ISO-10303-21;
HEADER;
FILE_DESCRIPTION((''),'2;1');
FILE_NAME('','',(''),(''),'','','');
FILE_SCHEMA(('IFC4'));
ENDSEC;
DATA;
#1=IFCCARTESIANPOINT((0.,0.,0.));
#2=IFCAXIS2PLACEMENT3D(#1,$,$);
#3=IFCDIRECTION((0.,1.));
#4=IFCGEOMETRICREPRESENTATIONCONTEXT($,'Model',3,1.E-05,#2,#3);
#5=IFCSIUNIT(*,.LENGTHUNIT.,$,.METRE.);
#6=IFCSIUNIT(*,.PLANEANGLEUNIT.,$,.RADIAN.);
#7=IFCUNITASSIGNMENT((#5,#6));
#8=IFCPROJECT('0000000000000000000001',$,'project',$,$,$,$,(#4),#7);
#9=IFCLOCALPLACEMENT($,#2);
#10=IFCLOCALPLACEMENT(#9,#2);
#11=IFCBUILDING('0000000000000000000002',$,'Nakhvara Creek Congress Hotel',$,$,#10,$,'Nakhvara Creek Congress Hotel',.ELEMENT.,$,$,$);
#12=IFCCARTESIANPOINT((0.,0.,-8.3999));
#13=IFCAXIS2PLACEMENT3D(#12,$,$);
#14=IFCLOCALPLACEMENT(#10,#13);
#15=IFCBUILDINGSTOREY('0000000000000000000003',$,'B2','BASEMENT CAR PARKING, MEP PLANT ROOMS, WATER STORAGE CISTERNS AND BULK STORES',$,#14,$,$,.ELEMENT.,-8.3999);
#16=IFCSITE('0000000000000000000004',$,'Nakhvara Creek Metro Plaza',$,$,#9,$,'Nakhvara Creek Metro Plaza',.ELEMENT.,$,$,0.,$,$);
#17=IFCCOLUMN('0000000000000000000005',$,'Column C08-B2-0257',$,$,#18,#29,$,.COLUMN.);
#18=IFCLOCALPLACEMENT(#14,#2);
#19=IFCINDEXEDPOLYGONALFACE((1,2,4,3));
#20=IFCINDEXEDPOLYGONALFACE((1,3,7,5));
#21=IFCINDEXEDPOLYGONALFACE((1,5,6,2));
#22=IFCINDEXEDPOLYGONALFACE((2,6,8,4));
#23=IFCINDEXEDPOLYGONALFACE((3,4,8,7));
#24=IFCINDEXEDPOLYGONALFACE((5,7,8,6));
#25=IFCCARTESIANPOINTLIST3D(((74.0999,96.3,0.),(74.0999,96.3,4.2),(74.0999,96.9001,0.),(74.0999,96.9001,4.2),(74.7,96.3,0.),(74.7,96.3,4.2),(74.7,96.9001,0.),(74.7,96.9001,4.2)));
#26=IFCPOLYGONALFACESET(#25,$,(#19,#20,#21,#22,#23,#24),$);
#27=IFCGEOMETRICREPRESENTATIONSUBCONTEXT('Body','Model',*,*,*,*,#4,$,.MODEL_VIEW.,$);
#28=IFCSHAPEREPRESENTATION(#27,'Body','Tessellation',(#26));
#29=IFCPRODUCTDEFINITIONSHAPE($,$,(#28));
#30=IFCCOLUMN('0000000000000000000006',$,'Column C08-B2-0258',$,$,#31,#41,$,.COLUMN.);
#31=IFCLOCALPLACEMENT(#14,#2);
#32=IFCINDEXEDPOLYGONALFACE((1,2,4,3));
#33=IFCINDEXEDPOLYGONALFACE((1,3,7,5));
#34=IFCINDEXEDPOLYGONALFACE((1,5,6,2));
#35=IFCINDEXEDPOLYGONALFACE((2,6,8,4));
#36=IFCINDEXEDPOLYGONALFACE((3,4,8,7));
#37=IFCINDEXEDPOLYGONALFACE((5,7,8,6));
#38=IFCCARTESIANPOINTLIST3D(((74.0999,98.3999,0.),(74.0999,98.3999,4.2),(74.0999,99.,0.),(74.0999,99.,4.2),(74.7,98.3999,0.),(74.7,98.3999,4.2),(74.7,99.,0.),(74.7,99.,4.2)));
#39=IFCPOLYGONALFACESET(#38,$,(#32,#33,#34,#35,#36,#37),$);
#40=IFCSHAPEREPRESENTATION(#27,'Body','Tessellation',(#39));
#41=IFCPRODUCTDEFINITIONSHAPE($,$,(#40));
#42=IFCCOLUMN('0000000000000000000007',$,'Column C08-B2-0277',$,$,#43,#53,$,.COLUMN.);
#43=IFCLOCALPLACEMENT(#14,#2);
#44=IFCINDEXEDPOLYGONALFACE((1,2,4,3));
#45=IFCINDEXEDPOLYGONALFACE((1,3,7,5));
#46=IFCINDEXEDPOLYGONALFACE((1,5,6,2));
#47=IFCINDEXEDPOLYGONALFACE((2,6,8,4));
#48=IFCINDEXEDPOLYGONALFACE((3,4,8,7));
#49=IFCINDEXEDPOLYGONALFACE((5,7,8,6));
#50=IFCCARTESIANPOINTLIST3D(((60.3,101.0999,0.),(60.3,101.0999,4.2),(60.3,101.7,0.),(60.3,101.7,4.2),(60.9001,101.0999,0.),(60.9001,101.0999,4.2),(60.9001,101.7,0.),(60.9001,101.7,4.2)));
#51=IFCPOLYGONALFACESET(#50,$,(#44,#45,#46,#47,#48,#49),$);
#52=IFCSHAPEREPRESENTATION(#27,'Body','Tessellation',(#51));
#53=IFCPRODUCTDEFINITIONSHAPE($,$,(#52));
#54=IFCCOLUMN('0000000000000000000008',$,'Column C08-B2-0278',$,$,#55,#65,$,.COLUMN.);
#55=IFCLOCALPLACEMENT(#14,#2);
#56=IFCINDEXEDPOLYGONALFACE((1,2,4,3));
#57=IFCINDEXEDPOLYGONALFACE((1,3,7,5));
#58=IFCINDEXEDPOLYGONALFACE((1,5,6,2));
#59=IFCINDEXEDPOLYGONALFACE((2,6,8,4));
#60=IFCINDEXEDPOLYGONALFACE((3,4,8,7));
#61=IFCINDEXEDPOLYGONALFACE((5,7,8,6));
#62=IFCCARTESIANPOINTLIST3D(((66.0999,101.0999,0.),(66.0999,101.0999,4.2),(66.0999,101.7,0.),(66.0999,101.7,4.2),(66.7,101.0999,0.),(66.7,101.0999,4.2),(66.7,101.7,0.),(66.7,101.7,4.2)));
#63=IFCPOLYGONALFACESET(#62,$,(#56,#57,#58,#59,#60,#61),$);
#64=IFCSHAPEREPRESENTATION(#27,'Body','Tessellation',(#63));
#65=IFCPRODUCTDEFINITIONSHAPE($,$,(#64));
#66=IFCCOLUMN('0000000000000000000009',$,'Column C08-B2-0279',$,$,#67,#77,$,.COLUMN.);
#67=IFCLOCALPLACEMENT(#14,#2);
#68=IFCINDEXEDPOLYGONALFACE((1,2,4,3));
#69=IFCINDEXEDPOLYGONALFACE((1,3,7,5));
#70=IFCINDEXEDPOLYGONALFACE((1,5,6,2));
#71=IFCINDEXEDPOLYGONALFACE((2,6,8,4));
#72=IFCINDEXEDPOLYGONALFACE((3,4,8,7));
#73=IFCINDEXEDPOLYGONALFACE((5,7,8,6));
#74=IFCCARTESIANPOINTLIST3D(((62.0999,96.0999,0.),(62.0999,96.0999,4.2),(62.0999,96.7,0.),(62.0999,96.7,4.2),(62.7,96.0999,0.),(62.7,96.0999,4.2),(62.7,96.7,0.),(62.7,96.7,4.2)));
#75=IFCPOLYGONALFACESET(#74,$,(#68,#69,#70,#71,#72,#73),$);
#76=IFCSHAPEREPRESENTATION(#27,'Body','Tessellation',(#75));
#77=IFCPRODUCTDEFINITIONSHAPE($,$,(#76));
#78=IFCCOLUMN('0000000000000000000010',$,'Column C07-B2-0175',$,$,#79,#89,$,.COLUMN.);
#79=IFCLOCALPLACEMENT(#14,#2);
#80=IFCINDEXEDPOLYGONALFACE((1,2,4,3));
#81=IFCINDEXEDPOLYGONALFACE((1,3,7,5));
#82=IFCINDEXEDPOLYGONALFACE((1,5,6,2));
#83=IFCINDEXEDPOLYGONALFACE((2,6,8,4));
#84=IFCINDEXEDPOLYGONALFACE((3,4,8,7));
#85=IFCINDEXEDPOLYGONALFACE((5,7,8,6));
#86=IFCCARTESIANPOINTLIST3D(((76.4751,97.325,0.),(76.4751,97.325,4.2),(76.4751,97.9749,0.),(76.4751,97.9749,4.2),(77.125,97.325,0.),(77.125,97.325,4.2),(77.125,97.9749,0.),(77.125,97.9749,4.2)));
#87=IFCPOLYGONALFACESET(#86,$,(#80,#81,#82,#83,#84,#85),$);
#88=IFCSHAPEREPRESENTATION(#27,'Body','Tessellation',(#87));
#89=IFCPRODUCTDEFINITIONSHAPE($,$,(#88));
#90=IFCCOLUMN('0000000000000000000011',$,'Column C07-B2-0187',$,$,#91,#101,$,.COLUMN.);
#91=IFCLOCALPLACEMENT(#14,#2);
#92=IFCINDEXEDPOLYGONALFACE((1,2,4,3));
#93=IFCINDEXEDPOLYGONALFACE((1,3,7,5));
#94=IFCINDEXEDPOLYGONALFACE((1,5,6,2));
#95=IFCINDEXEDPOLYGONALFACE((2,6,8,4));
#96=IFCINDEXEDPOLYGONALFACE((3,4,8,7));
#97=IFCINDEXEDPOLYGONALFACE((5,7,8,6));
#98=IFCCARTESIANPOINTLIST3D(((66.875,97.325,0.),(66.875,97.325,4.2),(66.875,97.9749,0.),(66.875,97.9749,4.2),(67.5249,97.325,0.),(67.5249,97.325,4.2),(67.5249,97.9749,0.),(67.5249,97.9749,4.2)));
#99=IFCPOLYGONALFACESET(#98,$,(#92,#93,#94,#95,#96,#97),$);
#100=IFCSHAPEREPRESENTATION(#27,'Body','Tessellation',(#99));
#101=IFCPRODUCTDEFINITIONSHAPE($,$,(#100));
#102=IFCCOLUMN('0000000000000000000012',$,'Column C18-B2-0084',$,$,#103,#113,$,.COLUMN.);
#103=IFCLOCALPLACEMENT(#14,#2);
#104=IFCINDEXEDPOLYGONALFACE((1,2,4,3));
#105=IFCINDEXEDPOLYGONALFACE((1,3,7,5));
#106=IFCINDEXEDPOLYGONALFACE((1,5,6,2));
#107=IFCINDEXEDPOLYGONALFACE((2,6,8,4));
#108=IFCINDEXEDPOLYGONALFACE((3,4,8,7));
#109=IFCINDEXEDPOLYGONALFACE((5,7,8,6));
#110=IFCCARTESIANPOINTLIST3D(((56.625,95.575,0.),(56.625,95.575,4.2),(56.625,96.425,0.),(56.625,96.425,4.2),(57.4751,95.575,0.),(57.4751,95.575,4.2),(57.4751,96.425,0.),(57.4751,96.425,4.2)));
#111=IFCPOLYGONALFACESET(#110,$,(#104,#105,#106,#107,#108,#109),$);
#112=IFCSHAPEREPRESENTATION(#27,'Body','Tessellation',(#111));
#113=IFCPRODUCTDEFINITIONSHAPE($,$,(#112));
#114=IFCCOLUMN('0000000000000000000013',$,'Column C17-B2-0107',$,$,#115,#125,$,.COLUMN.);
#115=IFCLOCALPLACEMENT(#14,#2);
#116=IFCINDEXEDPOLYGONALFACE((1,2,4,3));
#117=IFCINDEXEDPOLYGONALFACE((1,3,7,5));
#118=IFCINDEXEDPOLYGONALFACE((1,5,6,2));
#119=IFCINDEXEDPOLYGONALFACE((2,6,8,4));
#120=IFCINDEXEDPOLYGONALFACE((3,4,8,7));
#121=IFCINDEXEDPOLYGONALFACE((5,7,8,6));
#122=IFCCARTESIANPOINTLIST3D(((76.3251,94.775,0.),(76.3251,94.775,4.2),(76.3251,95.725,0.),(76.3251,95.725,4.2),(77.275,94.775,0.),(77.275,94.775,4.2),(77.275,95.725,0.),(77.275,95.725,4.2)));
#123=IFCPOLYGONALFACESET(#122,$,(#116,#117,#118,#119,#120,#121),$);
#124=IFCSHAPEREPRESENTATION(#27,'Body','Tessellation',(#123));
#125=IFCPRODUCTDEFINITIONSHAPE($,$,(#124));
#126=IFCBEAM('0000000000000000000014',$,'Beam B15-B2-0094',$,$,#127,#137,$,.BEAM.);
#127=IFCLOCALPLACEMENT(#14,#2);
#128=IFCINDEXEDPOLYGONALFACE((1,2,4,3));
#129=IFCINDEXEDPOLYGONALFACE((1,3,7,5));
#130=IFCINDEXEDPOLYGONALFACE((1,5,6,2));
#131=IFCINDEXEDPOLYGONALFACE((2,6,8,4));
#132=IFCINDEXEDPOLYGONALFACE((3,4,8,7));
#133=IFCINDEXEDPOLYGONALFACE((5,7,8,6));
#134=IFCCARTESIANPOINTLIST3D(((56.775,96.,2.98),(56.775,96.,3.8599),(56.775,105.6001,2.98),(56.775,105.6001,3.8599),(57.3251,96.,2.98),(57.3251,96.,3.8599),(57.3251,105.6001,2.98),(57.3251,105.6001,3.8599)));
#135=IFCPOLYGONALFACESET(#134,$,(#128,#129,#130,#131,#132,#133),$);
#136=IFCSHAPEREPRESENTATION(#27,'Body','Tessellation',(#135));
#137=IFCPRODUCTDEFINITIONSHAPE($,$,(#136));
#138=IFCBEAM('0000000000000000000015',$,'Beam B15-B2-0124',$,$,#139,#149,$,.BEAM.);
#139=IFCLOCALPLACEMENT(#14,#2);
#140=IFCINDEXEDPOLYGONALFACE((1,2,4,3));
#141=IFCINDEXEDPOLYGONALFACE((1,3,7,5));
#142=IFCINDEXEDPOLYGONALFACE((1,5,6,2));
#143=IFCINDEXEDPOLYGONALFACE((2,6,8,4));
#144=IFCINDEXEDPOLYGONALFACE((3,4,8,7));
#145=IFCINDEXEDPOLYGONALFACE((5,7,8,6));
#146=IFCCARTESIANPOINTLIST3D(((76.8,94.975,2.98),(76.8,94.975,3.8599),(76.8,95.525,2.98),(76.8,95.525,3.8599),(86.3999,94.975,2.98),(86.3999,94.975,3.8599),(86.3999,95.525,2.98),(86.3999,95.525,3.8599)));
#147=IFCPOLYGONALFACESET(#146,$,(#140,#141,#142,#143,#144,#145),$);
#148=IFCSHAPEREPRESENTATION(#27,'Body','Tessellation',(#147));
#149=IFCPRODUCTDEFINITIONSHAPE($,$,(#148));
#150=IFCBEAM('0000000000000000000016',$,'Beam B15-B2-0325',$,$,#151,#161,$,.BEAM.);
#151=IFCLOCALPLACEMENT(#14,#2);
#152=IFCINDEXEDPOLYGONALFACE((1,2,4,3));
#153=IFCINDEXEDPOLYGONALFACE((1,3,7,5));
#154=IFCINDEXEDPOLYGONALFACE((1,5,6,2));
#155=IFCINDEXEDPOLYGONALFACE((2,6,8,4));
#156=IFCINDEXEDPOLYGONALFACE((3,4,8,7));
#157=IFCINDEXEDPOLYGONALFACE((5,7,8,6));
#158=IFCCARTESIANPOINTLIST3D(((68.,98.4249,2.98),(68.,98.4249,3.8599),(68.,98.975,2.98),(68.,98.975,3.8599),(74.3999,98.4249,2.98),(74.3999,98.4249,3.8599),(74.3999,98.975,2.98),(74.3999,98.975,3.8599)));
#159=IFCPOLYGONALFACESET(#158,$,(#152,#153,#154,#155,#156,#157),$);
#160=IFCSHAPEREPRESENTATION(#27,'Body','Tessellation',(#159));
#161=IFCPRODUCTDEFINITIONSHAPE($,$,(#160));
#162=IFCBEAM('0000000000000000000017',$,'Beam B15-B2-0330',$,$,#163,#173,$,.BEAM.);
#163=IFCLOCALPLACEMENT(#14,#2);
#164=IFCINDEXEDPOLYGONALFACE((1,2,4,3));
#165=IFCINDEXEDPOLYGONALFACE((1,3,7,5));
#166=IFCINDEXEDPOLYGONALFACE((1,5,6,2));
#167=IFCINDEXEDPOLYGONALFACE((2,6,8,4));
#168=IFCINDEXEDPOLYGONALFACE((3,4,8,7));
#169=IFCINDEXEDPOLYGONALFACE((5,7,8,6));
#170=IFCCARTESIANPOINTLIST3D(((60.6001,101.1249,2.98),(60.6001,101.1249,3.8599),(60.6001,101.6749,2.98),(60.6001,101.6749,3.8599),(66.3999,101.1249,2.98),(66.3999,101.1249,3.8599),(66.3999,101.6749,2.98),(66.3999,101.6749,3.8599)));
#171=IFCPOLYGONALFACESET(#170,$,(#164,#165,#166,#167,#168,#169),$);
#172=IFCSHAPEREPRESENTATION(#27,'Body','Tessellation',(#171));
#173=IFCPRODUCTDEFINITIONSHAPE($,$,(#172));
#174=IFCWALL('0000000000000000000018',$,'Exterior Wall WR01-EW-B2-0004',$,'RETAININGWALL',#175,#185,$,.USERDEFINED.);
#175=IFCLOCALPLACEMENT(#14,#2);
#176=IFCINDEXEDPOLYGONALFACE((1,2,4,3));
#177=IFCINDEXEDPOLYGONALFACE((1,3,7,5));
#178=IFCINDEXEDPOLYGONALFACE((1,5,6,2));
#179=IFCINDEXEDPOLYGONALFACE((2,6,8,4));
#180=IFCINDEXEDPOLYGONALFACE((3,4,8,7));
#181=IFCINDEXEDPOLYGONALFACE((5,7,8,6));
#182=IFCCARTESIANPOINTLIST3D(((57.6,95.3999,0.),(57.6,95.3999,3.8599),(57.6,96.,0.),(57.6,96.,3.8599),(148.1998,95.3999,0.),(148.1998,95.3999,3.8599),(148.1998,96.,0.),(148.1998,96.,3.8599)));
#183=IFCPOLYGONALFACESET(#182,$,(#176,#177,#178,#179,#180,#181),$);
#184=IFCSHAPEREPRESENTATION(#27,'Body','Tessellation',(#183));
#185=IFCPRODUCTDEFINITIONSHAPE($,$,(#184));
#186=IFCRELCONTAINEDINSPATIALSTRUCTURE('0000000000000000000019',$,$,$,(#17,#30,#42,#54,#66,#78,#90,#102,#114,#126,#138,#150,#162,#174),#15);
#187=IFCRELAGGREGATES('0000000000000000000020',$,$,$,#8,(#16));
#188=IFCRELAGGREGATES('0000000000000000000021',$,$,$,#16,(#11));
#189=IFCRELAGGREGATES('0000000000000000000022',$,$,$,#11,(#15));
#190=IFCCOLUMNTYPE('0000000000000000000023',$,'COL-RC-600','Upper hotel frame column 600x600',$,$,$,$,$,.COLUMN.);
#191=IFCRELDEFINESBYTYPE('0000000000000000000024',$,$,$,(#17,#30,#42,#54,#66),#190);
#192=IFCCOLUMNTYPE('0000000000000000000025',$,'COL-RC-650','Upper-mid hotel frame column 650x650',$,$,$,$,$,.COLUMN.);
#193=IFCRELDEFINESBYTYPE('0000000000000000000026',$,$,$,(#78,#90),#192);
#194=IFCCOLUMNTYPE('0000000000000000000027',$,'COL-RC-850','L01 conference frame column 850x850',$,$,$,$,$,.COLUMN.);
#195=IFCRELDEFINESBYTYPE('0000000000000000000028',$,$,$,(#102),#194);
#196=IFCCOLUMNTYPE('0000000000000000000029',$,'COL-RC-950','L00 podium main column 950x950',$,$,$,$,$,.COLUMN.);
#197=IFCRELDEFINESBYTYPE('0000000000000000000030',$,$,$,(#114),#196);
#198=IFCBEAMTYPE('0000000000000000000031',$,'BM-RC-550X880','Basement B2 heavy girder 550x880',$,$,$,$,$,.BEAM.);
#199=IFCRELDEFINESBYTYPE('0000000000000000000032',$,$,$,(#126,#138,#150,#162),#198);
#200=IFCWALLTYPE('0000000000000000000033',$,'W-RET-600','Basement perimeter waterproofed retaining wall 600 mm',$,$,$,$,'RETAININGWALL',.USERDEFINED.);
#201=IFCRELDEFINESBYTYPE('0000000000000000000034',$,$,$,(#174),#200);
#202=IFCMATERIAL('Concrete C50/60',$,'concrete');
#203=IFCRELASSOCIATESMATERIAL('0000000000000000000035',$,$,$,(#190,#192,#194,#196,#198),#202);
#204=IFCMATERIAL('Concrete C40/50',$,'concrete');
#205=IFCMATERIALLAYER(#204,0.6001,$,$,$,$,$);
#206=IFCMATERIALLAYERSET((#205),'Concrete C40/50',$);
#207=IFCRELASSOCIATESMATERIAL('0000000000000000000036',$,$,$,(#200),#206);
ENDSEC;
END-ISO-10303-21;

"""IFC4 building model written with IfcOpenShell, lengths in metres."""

from ifc_helpers import new_model, si_unit, direction, frame, frame_2d, origin, origin_2d, place, context, subcontext, project, spatial, rectangle, extrude, material, layer, layer_set, material_profile, profile_set, type_object, element, save


model = new_model("IFC4")

# Units and contexts
model_context = context("Model", 3, precision=1e-05, world=origin(), true_north=direction((0.0, 1.0)))
body_context = subcontext(model_context, "Body", "Model", "MODEL_VIEW")
ifc_project = project(units=[si_unit("LENGTHUNIT", "METRE"), si_unit("PLANEANGLEUNIT", "RADIAN")], contexts=[model_context])

# Site, building, storey
site_placement = place(None, origin())
site = spatial("IfcSite", under=ifc_project, at=site_placement, Name="Nakhvara Creek Metro Plaza", LongName="Nakhvara Creek Metro Plaza", CompositionType="ELEMENT", RefElevation=0.0)
building_placement = place(site_placement, origin())
building = spatial("IfcBuilding", under=site, at=building_placement, Name="Nakhvara Creek Congress Hotel", LongName="Nakhvara Creek Congress Hotel", CompositionType="ELEMENT")
storey_placement = place(building_placement, frame((0.0, 0.0, -8.3999)))
storey = spatial("IfcBuildingStorey", under=building, at=storey_placement, Name="B2", Description="BASEMENT CAR PARKING, MEP PLANT ROOMS, WATER STORAGE CISTERNS AND BULK STORES", CompositionType="ELEMENT", Elevation=-8.3999)

# Shared definitions
ifc_material_1 = material(Name="Concrete C40/50", Category="concrete")

# Columns
ifc_material_2 = material(Name="Concrete C50/60", Category="concrete")
ifc_material_profile_1 = material_profile(ifc_material_2, rectangle(XDim=0.6001, YDim=0.6001, at=origin_2d()), Name="RC-COL 600x600", Category="LoadBearing")
ifc_profile_set_1 = profile_set([ifc_material_profile_1], Name="Concrete C50/60")
column_type_1 = type_object("IfcColumnType", Name="COL-RC-600", Description="Upper hotel frame column 600x600", PredefinedType="COLUMN", material=ifc_profile_set_1)
for number, where, z_axis, x_axis, name in (
    (1, (74.3999, 96.6001, 0.0), (0.0, 0.0, 1.0), (1.0, 0.0, 0.0), "Column C08-B2-0257"),
    (2, (74.3999, 98.7, 0.0), (0.0, 0.0, 1.0), (1.0, 0.0, 0.0), "Column C08-B2-0258"),
    (3, (60.6001, 101.3999, 0.0), (0.0, 0.0, 1.0), (1.0, 0.0, 0.0), "Column C08-B2-0277"),
    (4, (66.3999, 101.3999, 0.0), (0.0, 0.0, 1.0), (1.0, 0.0, 0.0), "Column C08-B2-0278"),
    (5, (62.3999, 96.3999, 0.0), (0.0, 0.0, 1.0), (1.0, 0.0, 0.0), "Column C08-B2-0279"),
):
    element("IfcColumn", number, at=place(storey_placement, frame(where, z_axis=z_axis, x_axis=x_axis)), inside=storey, type_object=column_type_1, Name=name, PredefinedType="COLUMN", context=body_context, shape_type="SweptSolid", body=[
        extrude(rectangle(XDim=0.6001, YDim=0.6001, at=origin_2d()), origin(), (0.0, 0.0, 1.0), 4.2),
    ])
ifc_material_profile_2 = material_profile(ifc_material_2, rectangle(XDim=0.6499, YDim=0.6499, at=origin_2d()), Name="RC-COL 650x650", Category="LoadBearing")
ifc_profile_set_2 = profile_set([ifc_material_profile_2], Name="Concrete C50/60")
column_type_2 = type_object("IfcColumnType", Name="COL-RC-650", Description="Upper-mid hotel frame column 650x650", PredefinedType="COLUMN", material=ifc_profile_set_2)
for number, where, z_axis, x_axis, name in (
    (6, (76.8, 97.6499, 0.0), (0.0, 0.0, 1.0), (1.0, 0.0, 0.0), "Column C07-B2-0175"),
    (7, (67.2, 97.6499, 0.0), (0.0, 0.0, 1.0), (1.0, 0.0, 0.0), "Column C07-B2-0187"),
):
    element("IfcColumn", number, at=place(storey_placement, frame(where, z_axis=z_axis, x_axis=x_axis)), inside=storey, type_object=column_type_2, Name=name, PredefinedType="COLUMN", context=body_context, shape_type="SweptSolid", body=[
        extrude(rectangle(XDim=0.6499, YDim=0.6499, at=origin_2d()), origin(), (0.0, 0.0, 1.0), 4.2),
    ])
ifc_material_profile_3 = material_profile(ifc_material_2, rectangle(XDim=0.8501, YDim=0.8501, at=origin_2d()), Name="RC-COL 850x850", Category="LoadBearing")
ifc_profile_set_3 = profile_set([ifc_material_profile_3], Name="Concrete C50/60")
column_type_3 = type_object("IfcColumnType", Name="COL-RC-850", Description="L01 conference frame column 850x850", PredefinedType="COLUMN", material=ifc_profile_set_3)
column_1_placement = place(storey_placement, frame((57.05, 96.0, 0.0), z_axis=(0.0, 0.0, 1.0), x_axis=(1.0, 0.0, 0.0)))
element("IfcColumn", 8, at=column_1_placement, inside=storey, type_object=column_type_3, Name="Column C18-B2-0084", PredefinedType="COLUMN", context=body_context, shape_type="SweptSolid", body=[
    extrude(rectangle(XDim=0.8501, YDim=0.8501, at=origin_2d()), origin(), (0.0, 0.0, 1.0), 4.2),
])
ifc_material_profile_4 = material_profile(ifc_material_2, rectangle(XDim=0.95, YDim=0.95, at=origin_2d()), Name="RC-COL 950x950", Category="LoadBearing")
ifc_profile_set_4 = profile_set([ifc_material_profile_4], Name="Concrete C50/60")
column_type_4 = type_object("IfcColumnType", Name="COL-RC-950", Description="L00 podium main column 950x950", PredefinedType="COLUMN", material=ifc_profile_set_4)
column_2_placement = place(storey_placement, frame((76.8, 95.25, 0.0), z_axis=(0.0, 0.0, 1.0), x_axis=(1.0, 0.0, 0.0)))
element("IfcColumn", 9, at=column_2_placement, inside=storey, type_object=column_type_4, Name="Column C17-B2-0107", PredefinedType="COLUMN", context=body_context, shape_type="SweptSolid", body=[
    extrude(rectangle(XDim=0.95, YDim=0.95, at=origin_2d()), origin(), (0.0, 0.0, 1.0), 4.2),
])

# Beams
ifc_material_profile_5 = material_profile(ifc_material_2, rectangle(XDim=0.55, YDim=0.8799, at=origin_2d()), Name="RC-BM 550x880", Category="LoadBearing")
ifc_profile_set_5 = profile_set([ifc_material_profile_5], Name="Concrete C50/60")
beam_type = type_object("IfcBeamType", Name="BM-RC-550X880", Description="Basement B2 heavy girder 550x880", PredefinedType="BEAM", material=ifc_profile_set_5)
beam_1_placement = place(storey_placement, frame((57.05, 96.0, 3.4199), z_axis=(0.0, 1.0, 0.0), x_axis=(-1.0, 0.0, 0.0)))
element("IfcBeam", 10, at=beam_1_placement, inside=storey, type_object=beam_type, Name="Beam B15-B2-0094", PredefinedType="BEAM", context=body_context, shape_type="SweptSolid", body=[
    extrude(rectangle(XDim=0.55, YDim=0.8799, at=origin_2d()), origin(), (0.0, 0.0, 1.0), 9.6001),
])
beam_2_placement = place(storey_placement, frame((76.8, 95.25, 3.4199), z_axis=(1.0, 0.0, 0.0), x_axis=(0.0, 1.0, 0.0)))
element("IfcBeam", 11, at=beam_2_placement, inside=storey, type_object=beam_type, Name="Beam B15-B2-0124", PredefinedType="BEAM", context=body_context, shape_type="SweptSolid", body=[
    extrude(rectangle(XDim=0.55, YDim=0.8799, at=origin_2d()), origin(), (0.0, 0.0, 1.0), 9.5999),
])
beam_3_placement = place(storey_placement, frame((68.0, 98.7, 3.4199), z_axis=(1.0, 0.0, 0.0), x_axis=(0.0, 1.0, 0.0)))
element("IfcBeam", 12, at=beam_3_placement, inside=storey, type_object=beam_type, Name="Beam B15-B2-0325", PredefinedType="BEAM", context=body_context, shape_type="SweptSolid", body=[
    extrude(rectangle(XDim=0.55, YDim=0.8799, at=origin_2d()), origin(), (0.0, 0.0, 1.0), 6.3999),
])
beam_4_placement = place(storey_placement, frame((60.6001, 101.3999, 3.4199), z_axis=(1.0, 0.0, 0.0), x_axis=(0.0, 1.0, 0.0)))
element("IfcBeam", 13, at=beam_4_placement, inside=storey, type_object=beam_type, Name="Beam B15-B2-0330", PredefinedType="BEAM", context=body_context, shape_type="SweptSolid", body=[
    extrude(rectangle(XDim=0.55, YDim=0.8799, at=origin_2d()), origin(), (0.0, 0.0, 1.0), 5.7998),
])

# Wall
ifc_layer = layer(ifc_material_1, 0.6001)
ifc_layer_set = layer_set([ifc_layer], Name="Concrete C40/50")
wall_type = type_object("IfcWallType", Name="W-RET-600", Description="Basement perimeter waterproofed retaining wall 600 mm", ElementType="RETAININGWALL", PredefinedType="USERDEFINED", material=ifc_layer_set)
wall_placement = place(storey_placement, frame((57.6001, 95.7, 0.0), z_axis=(0.0, 0.0, 1.0), x_axis=(1.0, 0.0, 0.0)))
element("IfcWall", 14, at=wall_placement, inside=storey, type_object=wall_type, Name="Exterior Wall WR01-EW-B2-0004", ObjectType="RETAININGWALL", PredefinedType="USERDEFINED", context=body_context, shape_type="SweptSolid", body=[
    extrude(rectangle(XDim=90.5999, YDim=0.6001, at=frame_2d((45.2998, 0.0))), origin(), (0.0, 0.0, 1.0), 3.8599),
])

save(model, "model.ifc")
